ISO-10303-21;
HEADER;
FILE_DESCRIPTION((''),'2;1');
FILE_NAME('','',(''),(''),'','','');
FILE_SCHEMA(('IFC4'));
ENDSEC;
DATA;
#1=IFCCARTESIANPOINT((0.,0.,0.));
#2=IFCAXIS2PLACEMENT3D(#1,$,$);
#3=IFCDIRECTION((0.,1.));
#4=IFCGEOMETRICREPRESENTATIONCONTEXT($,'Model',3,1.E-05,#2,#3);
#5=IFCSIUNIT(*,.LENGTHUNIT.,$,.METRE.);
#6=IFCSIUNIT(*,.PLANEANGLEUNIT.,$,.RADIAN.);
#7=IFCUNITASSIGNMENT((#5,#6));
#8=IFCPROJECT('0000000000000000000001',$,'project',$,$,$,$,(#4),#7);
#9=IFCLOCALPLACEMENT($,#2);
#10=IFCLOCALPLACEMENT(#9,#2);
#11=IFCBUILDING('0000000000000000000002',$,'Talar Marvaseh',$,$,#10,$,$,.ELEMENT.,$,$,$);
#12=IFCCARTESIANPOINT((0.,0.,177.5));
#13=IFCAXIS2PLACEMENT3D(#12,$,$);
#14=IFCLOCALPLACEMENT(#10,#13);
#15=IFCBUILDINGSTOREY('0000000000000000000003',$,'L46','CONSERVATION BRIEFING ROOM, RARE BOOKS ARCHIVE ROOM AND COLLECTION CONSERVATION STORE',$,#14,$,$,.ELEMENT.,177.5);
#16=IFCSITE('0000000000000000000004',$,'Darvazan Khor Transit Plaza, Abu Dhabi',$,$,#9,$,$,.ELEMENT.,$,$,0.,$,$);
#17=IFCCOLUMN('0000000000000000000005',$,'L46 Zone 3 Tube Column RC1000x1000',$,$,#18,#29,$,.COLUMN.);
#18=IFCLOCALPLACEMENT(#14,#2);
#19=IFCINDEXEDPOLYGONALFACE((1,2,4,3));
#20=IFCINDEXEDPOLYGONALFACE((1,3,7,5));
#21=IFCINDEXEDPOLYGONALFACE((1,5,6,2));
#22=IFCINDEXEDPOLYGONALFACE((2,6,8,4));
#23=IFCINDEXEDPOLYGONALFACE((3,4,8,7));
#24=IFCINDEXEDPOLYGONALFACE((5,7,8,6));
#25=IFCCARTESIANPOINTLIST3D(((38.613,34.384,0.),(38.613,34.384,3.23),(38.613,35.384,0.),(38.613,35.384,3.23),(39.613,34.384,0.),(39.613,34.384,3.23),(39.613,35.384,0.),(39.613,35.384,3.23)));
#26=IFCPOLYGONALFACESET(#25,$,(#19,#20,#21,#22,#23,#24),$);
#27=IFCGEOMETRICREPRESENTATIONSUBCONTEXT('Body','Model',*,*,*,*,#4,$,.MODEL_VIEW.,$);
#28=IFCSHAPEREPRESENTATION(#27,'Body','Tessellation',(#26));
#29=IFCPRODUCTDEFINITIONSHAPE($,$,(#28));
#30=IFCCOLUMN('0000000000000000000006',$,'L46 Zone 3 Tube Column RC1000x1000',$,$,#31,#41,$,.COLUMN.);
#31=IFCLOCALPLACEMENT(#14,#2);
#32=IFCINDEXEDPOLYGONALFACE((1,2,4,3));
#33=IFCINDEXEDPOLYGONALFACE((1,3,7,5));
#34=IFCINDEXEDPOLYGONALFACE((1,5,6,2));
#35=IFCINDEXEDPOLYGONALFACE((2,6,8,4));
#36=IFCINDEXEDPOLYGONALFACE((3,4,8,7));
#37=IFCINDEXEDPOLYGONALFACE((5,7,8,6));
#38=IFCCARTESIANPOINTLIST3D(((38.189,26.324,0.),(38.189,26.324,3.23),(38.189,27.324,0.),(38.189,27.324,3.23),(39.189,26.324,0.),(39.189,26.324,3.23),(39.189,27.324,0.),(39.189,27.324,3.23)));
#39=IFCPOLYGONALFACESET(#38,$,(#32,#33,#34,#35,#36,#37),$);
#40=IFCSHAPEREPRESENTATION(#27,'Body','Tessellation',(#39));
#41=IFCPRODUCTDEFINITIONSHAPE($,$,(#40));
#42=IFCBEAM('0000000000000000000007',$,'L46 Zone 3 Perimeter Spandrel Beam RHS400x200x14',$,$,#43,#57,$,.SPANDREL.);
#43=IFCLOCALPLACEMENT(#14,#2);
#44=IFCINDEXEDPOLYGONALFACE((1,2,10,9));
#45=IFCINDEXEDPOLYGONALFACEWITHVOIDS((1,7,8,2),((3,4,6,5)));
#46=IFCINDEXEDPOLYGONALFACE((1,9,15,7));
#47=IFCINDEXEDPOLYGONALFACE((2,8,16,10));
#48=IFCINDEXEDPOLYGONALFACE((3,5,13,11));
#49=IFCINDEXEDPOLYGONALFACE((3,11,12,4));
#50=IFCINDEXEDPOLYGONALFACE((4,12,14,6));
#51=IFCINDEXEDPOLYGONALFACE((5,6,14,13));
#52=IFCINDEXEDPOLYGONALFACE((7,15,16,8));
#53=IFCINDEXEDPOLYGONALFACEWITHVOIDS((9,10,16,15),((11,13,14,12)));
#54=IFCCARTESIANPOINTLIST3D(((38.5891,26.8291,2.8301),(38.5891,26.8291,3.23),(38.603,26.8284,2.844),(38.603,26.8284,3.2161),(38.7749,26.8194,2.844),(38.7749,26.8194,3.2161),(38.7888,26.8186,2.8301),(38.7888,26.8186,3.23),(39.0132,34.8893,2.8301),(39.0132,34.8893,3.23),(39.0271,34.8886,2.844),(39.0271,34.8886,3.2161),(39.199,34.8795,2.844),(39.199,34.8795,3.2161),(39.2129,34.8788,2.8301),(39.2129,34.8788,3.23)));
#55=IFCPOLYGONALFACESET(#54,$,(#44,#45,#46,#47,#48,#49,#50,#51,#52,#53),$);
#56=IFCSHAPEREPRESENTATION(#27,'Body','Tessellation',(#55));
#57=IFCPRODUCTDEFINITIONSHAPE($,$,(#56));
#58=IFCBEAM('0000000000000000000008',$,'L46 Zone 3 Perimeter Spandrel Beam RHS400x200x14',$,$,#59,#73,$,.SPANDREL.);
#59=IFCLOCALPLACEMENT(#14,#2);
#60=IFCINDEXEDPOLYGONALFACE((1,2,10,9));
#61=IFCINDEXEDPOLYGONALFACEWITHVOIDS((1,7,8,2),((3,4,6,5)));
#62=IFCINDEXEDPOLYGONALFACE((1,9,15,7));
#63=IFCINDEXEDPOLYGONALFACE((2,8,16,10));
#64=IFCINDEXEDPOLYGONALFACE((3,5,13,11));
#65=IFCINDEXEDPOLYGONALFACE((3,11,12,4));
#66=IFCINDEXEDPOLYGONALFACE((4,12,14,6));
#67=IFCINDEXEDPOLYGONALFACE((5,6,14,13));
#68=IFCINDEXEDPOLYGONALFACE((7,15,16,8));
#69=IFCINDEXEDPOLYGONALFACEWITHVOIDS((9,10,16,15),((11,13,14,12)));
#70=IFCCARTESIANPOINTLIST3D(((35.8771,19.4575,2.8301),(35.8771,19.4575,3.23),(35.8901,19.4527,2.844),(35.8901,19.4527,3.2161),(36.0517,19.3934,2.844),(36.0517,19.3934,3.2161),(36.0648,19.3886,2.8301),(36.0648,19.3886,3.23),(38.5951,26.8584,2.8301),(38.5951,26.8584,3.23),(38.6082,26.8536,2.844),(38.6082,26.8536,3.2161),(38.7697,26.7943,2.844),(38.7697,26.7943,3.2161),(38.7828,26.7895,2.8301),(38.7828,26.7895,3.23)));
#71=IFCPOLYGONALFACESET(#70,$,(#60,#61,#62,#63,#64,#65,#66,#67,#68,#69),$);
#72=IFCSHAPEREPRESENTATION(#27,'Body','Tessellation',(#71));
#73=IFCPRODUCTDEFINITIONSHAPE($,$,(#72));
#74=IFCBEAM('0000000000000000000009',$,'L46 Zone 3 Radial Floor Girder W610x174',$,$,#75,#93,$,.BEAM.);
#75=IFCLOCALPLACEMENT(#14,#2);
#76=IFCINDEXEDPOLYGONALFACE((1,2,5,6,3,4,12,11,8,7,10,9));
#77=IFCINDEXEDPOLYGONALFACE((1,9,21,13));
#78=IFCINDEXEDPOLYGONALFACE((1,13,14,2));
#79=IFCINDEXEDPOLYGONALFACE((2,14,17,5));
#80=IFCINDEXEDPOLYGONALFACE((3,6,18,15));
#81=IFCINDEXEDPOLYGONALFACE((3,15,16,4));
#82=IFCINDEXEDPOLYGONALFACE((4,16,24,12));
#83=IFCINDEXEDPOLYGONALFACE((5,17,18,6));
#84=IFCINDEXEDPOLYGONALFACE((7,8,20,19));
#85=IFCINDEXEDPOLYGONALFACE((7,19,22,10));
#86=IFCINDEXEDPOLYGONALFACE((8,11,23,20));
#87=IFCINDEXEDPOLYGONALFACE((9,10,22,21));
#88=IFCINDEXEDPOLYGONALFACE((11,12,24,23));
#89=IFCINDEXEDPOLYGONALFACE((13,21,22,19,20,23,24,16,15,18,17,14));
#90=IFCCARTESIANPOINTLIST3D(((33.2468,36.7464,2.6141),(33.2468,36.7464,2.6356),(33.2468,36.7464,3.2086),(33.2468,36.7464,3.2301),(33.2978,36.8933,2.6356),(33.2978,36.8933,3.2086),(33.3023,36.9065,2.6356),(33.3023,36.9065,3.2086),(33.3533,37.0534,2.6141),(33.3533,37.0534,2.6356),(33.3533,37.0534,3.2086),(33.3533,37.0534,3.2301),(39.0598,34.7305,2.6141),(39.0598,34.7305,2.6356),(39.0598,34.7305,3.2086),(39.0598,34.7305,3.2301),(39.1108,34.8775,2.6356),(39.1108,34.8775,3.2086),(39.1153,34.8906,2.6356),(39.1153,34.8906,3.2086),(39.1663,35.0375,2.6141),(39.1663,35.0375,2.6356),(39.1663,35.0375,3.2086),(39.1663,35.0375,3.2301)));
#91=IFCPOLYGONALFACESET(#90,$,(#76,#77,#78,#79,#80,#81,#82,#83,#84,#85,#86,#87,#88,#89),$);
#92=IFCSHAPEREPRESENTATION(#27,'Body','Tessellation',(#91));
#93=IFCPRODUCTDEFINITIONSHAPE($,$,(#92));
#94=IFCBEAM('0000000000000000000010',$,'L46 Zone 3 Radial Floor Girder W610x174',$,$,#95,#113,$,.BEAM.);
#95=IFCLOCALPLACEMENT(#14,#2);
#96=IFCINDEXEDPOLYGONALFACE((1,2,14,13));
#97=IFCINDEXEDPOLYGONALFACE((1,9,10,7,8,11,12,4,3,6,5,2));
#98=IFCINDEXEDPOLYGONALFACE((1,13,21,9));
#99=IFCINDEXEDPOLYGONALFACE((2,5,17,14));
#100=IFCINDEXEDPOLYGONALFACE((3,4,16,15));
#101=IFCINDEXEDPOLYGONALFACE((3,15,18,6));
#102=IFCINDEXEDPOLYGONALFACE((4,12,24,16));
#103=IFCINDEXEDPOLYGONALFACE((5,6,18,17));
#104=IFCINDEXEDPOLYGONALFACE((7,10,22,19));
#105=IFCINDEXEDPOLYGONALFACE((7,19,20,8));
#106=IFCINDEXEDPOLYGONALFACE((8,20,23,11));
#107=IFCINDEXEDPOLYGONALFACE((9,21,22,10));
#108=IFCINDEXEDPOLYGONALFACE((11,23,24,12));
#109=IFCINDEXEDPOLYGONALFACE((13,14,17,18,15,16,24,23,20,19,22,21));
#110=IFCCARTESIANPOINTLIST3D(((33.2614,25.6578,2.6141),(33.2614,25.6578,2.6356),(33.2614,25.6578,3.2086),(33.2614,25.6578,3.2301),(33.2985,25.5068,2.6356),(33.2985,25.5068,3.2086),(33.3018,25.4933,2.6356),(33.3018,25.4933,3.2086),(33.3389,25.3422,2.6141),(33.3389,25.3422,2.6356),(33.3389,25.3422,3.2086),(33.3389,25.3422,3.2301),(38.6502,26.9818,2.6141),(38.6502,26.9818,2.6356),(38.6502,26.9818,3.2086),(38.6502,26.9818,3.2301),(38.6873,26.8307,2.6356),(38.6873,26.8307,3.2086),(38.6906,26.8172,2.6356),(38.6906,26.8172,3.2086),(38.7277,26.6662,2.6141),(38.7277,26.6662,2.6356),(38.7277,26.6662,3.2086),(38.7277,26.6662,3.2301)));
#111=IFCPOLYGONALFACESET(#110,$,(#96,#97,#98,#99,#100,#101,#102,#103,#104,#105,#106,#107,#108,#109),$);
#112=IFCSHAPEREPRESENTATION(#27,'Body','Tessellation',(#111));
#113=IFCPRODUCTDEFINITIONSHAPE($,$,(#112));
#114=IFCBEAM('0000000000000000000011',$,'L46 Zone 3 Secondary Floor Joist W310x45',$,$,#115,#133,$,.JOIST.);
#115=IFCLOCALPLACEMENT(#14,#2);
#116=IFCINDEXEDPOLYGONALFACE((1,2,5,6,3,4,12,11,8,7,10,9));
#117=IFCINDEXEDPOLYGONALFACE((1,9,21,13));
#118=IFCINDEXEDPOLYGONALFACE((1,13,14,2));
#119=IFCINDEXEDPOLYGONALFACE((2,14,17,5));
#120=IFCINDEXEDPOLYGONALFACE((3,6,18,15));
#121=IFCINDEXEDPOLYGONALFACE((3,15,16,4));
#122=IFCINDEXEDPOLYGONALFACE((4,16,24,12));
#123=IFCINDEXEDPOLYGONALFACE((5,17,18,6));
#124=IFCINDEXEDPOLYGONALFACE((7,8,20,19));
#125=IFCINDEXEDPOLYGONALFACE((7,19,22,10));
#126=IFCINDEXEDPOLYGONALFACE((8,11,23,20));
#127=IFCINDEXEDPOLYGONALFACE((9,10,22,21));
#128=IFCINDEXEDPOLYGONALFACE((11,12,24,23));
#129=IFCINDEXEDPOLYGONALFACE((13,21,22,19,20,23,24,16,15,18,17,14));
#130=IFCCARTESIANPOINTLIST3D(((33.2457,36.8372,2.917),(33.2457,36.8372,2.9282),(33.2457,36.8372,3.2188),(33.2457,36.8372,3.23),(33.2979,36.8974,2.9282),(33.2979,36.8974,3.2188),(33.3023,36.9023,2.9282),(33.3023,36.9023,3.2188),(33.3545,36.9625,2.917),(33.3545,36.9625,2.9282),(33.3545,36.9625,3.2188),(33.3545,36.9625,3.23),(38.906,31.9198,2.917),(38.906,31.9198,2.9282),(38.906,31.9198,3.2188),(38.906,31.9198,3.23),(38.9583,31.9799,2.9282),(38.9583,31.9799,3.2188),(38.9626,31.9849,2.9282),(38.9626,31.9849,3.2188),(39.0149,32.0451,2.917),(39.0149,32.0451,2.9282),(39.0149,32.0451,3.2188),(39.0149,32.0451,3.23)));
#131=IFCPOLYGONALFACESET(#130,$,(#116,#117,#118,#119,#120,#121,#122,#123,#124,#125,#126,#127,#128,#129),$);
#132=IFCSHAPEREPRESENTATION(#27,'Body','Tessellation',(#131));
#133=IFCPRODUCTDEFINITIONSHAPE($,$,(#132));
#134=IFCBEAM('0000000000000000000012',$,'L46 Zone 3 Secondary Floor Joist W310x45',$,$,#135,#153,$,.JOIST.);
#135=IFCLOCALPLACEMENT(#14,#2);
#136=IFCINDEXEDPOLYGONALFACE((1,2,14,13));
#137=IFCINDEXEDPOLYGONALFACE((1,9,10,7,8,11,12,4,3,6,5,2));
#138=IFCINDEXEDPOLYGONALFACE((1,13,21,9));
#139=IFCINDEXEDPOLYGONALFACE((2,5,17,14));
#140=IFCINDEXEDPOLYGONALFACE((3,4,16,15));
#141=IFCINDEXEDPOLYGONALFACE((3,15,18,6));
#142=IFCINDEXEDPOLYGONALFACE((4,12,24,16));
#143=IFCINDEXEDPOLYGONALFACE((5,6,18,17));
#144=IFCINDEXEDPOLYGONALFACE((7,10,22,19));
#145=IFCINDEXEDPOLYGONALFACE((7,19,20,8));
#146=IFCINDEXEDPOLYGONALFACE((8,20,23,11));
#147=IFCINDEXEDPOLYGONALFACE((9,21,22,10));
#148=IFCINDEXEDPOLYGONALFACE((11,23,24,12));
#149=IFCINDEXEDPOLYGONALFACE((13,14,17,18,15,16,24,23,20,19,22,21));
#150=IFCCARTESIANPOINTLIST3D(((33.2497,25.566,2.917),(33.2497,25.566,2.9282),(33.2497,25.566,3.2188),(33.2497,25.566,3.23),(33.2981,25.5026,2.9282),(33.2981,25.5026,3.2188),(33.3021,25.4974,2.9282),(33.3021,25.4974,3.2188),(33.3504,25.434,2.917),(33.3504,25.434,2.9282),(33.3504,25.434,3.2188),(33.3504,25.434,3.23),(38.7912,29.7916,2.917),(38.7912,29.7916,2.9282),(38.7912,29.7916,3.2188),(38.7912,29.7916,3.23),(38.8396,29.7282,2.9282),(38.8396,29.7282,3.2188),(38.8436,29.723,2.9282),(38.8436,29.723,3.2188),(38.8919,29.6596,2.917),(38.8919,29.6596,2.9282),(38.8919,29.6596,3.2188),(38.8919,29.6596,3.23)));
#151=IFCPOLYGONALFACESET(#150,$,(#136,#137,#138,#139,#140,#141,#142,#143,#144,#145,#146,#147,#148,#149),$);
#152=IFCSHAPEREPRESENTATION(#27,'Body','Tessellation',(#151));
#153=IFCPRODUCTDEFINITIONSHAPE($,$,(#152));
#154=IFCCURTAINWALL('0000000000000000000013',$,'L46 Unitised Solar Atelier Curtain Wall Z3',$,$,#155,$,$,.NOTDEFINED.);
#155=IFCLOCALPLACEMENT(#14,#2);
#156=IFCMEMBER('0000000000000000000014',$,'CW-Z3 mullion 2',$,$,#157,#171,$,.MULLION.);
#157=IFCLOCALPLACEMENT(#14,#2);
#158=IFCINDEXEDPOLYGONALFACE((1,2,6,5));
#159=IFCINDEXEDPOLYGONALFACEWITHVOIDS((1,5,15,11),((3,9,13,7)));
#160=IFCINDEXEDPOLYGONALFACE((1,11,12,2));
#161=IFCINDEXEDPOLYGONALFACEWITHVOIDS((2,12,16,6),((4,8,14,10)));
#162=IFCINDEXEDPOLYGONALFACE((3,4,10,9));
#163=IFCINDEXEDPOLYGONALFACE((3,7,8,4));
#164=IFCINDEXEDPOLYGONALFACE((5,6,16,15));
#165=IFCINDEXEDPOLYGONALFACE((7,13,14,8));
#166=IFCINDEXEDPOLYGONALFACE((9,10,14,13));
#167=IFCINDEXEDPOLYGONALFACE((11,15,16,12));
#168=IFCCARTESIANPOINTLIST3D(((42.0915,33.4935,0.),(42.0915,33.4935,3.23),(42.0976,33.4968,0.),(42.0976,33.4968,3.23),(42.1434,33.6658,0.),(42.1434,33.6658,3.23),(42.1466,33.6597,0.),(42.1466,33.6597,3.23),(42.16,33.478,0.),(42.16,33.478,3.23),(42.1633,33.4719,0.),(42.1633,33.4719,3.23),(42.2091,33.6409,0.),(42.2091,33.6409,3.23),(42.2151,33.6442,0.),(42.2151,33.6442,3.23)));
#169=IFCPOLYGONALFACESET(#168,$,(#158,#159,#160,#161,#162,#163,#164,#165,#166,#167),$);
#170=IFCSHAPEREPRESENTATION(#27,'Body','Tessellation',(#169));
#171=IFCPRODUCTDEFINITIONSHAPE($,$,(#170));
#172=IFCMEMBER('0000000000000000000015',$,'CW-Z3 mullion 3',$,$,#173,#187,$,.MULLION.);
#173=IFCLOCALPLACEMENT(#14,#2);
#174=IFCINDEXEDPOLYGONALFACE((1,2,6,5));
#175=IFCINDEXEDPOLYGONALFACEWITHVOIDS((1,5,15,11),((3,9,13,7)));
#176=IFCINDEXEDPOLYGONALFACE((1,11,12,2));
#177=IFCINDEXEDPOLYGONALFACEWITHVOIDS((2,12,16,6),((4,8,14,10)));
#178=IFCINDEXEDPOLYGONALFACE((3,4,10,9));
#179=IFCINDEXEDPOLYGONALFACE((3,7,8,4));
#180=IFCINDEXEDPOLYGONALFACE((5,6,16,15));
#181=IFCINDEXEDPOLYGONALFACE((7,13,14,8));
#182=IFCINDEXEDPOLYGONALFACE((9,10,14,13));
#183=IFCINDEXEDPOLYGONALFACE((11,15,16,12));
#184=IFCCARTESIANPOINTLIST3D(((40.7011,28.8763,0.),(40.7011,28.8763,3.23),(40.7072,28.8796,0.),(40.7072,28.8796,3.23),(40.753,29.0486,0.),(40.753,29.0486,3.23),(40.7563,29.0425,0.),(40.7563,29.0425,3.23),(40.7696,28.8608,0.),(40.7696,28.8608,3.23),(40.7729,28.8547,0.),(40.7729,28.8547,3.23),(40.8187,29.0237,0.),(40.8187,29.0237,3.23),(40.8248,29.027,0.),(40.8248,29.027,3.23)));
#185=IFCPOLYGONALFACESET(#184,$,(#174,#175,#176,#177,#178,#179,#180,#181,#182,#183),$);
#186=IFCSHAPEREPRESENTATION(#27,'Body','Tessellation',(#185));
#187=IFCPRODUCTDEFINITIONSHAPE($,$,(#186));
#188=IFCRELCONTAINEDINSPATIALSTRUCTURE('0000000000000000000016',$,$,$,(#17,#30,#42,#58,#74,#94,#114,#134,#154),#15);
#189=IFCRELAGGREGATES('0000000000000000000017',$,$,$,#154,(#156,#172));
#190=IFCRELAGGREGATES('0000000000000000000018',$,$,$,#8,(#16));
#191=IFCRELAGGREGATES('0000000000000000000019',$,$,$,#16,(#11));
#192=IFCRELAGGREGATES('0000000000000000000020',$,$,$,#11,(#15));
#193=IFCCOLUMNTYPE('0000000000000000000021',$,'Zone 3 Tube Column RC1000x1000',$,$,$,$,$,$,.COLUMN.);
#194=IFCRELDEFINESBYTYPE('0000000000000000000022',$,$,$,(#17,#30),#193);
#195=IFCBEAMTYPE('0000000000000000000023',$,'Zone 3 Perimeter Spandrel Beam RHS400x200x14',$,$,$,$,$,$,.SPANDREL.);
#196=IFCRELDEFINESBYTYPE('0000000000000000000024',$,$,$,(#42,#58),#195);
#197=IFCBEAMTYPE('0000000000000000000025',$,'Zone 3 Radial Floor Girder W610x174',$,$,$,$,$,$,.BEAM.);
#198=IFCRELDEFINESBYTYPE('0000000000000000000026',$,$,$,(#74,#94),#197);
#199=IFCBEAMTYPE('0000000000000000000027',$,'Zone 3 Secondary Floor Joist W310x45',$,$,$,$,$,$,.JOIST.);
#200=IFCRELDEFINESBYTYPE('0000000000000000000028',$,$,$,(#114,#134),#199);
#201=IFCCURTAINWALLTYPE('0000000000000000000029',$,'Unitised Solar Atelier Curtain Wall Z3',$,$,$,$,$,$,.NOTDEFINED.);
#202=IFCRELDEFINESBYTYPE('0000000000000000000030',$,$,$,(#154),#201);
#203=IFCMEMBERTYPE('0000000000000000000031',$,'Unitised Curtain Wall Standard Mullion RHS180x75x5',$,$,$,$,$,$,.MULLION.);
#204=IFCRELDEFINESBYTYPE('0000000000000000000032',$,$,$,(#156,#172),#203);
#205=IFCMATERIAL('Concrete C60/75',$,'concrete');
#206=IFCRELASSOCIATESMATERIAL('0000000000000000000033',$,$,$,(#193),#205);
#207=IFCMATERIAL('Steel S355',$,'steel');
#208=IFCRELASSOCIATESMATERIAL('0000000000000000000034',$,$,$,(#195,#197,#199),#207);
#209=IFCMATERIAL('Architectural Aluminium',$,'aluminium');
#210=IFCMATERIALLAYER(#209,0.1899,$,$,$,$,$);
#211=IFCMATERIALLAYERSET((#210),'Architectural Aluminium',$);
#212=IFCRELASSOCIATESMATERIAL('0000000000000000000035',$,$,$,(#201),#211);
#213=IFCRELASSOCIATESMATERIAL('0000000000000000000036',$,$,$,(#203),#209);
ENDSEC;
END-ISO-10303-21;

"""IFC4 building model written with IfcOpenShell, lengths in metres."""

from ifc_helpers import new_model, si_unit, direction, frame, origin, origin_2d, place, context, subcontext, project, spatial, rectangle, hollow_rectangle, i_section, extrude, source, transform, mapped, material, layer, layer_set, material_profile, profile_set, type_object, type_shapes, element, aggregate, save


model = new_model("IFC4")

# Units and contexts
model_context = context("Model", 3, precision=1e-05, world=origin(), true_north=direction((0.0, 1.0)))
body_context = subcontext(model_context, "Body", "Model", "MODEL_VIEW")
ifc_project = project(units=[si_unit("LENGTHUNIT", "METRE"), si_unit("PLANEANGLEUNIT", "RADIAN")], contexts=[model_context])

# Site, building, storey
site_placement = place(None, origin())
site = spatial("IfcSite", under=ifc_project, at=site_placement, Name="Darvazan Khor Transit Plaza, Abu Dhabi", CompositionType="ELEMENT", RefElevation=0.0)
building_placement = place(site_placement, origin())
building = spatial("IfcBuilding", under=site, at=building_placement, Name="Talar Marvaseh", CompositionType="ELEMENT")
storey_placement = place(building_placement, frame((0.0, 0.0, 177.5)))
storey = spatial("IfcBuildingStorey", under=building, at=storey_placement, Name="L46", Description="CONSERVATION BRIEFING ROOM, RARE BOOKS ARCHIVE ROOM AND COLLECTION CONSERVATION STORE", CompositionType="ELEMENT", Elevation=177.5)

# Columns
ifc_material_1 = material(Name="Concrete C60/75", Category="concrete")
ifc_material_profile_1 = material_profile(ifc_material_1, rectangle(XDim=1.0, YDim=1.0, at=origin_2d()), Name="RC1000x1000")
ifc_profile_set_1 = profile_set([ifc_material_profile_1], Name="Concrete C60/75")
column_type = type_object("IfcColumnType", Name="Zone 3 Tube Column RC1000x1000", PredefinedType="COLUMN", material=ifc_profile_set_1)
for number, where, z_axis, x_axis, name in (
    (1, (39.113, 34.884, 0.0), (0.0, 0.0, 1.0), (1.0, 0.0, 0.0), "L46 Zone 3 Tube Column RC1000x1000"),
    (2, (38.689, 26.824, 0.0), (0.0, 0.0, 1.0), (1.0, 0.0, 0.0), "L46 Zone 3 Tube Column RC1000x1000"),
):
    element("IfcColumn", number, at=place(storey_placement, frame(where, z_axis=z_axis, x_axis=x_axis)), inside=storey, type_object=column_type, Name=name, PredefinedType="COLUMN", context=body_context, shape_type="SweptSolid", body=[
        extrude(rectangle(XDim=1.0, YDim=1.0, at=origin_2d()), origin(), (0.0, 0.0, 1.0), 3.23),
    ])

# Beams
ifc_material_2 = material(Name="Steel S355", Category="steel")
ifc_material_profile_2 = material_profile(ifc_material_2, hollow_rectangle(XDim=0.2, YDim=0.3999, WallThickness=0.0139, at=origin_2d()), Name="RHS400x200x14")
ifc_profile_set_2 = profile_set([ifc_material_profile_2], Name="Steel S355")
beam_type_1 = type_object("IfcBeamType", Name="Zone 3 Perimeter Spandrel Beam RHS400x200x14", PredefinedType="SPANDREL", material=ifc_profile_set_2)
beam_1_placement = place(storey_placement, frame((39.113, 34.884, 3.03), z_axis=(-0.052541, -0.998619, 0.0), x_axis=(0.998619, -0.052541, 0.0)))
element("IfcBeam", 3, at=beam_1_placement, inside=storey, type_object=beam_type_1, Name="L46 Zone 3 Perimeter Spandrel Beam RHS400x200x14", PredefinedType="SPANDREL", context=body_context, shape_type="SweptSolid", body=[
    extrude(hollow_rectangle(XDim=0.2, YDim=0.3999, WallThickness=0.0139, at=origin_2d()), origin(), (0.0, 0.0, 1.0), 8.0713),
])
beam_2_placement = place(storey_placement, frame((38.689, 26.824, 3.03), z_axis=(-0.344742, -0.938697, 0.0), x_axis=(0.938697, -0.344742, 0.0)))
element("IfcBeam", 4, at=beam_2_placement, inside=storey, type_object=beam_type_1, Name="L46 Zone 3 Perimeter Spandrel Beam RHS400x200x14", PredefinedType="SPANDREL", context=body_context, shape_type="SweptSolid", body=[
    extrude(hollow_rectangle(XDim=0.2, YDim=0.3999, WallThickness=0.0139, at=origin_2d()), origin(), (0.0, 0.0, 1.0), 7.8843),
])
ifc_material_profile_3 = material_profile(ifc_material_2, i_section(OverallWidth=0.325, OverallDepth=0.616, WebThickness=0.0139, FlangeThickness=0.0215, at=origin_2d()), Name="W610x174")
ifc_profile_set_3 = profile_set([ifc_material_profile_3], Name="Steel S355")
beam_type_2 = type_object("IfcBeamType", Name="Zone 3 Radial Floor Girder W610x174", PredefinedType="BEAM", material=ifc_profile_set_3)
beam_3_placement = place(storey_placement, frame((39.113, 34.884, 2.9221), z_axis=(-0.944801, 0.327645, 0.0), x_axis=(-0.327645, -0.944801, 0.0)))
element("IfcBeam", 5, at=beam_3_placement, inside=storey, type_object=beam_type_2, Name="L46 Zone 3 Radial Floor Girder W610x174", PredefinedType="BEAM", context=body_context, shape_type="SweptSolid", body=[
    extrude(i_section(OverallWidth=0.325, OverallDepth=0.616, WebThickness=0.0139, FlangeThickness=0.0215, at=origin_2d()), origin(), (0.0, 0.0, 1.0), 6.1526),
])
beam_4_placement = place(storey_placement, frame((38.689, 26.824, 2.9221), z_axis=(-0.971121, -0.23859, 0.0), x_axis=(0.23859, -0.971121, 0.0)))
element("IfcBeam", 6, at=beam_4_placement, inside=storey, type_object=beam_type_2, Name="L46 Zone 3 Radial Floor Girder W610x174", PredefinedType="BEAM", context=body_context, shape_type="SweptSolid", body=[
    extrude(i_section(OverallWidth=0.325, OverallDepth=0.616, WebThickness=0.0139, FlangeThickness=0.0215, at=origin_2d()), origin(), (0.0, 0.0, 1.0), 5.5491),
])
ifc_material_profile_4 = material_profile(ifc_material_2, i_section(OverallWidth=0.166, OverallDepth=0.313, WebThickness=0.0066, FlangeThickness=0.0112, at=origin_2d()), Name="W310x45")
ifc_profile_set_4 = profile_set([ifc_material_profile_4], Name="Steel S355")
beam_type_3 = type_object("IfcBeamType", Name="Zone 3 Secondary Floor Joist W310x45", PredefinedType="JOIST", material=ifc_profile_set_4)
beam_5_placement = place(storey_placement, frame((38.9604, 31.9824, 3.0735), z_axis=(-0.75491, 0.655829, 0.0), x_axis=(-0.655829, -0.75491, 0.0)))
element("IfcBeam", 7, at=beam_5_placement, inside=storey, type_object=beam_type_3, Name="L46 Zone 3 Secondary Floor Joist W310x45", PredefinedType="JOIST", context=body_context, shape_type="SweptSolid", body=[
    extrude(i_section(OverallWidth=0.166, OverallDepth=0.313, WebThickness=0.0066, FlangeThickness=0.0112, at=origin_2d()), origin(), (0.0, 0.0, 1.0), 7.498),
])
beam_6_placement = place(storey_placement, frame((38.8416, 29.7256, 3.0735), z_axis=(-0.79519, -0.60636, 0.0), x_axis=(0.60636, -0.79519, 0.0)))
element("IfcBeam", 8, at=beam_6_placement, inside=storey, type_object=beam_type_3, Name="L46 Zone 3 Secondary Floor Joist W310x45", PredefinedType="JOIST", context=body_context, shape_type="SweptSolid", body=[
    extrude(i_section(OverallWidth=0.166, OverallDepth=0.313, WebThickness=0.0066, FlangeThickness=0.0112, at=origin_2d()), origin(), (0.0, 0.0, 1.0), 6.9688),
])

# Curtain wall, members
ifc_material_3 = material(Name="Architectural Aluminium", Category="aluminium")
ifc_layer_1 = layer(ifc_material_3, 0.1899)
ifc_layer_set_1 = layer_set([ifc_layer_1], Name="Architectural Aluminium")
curtain_wall_type = type_object("IfcCurtainWallType", Name="Unitised Solar Atelier Curtain Wall Z3", PredefinedType="NOTDEFINED", material=ifc_layer_set_1)
curtain_wall_placement = place(storey_placement, origin())
curtain_wall = element("IfcCurtainWall", 9, at=curtain_wall_placement, inside=storey, type_object=curtain_wall_type, Name="L46 Unitised Solar Atelier Curtain Wall Z3", PredefinedType="NOTDEFINED")
ifc_material_profile_5 = material_profile(ifc_material_3, hollow_rectangle(XDim=0.075, YDim=0.1799, WallThickness=0.0049, at=origin_2d()), Name="RHS180x75x5")
ifc_profile_set_5 = profile_set([ifc_material_profile_5], Name="Architectural Aluminium")
member_type_1 = type_object("IfcMemberType", Name="Unitised Curtain Wall Standard Mullion RHS180x75x5", PredefinedType="MULLION", material=ifc_profile_set_5)
shared_shape_1 = source(origin(), body_context, "Body", "SweptSolid", [
    extrude(hollow_rectangle(XDim=0.075, YDim=0.1799, WallThickness=0.0049, at=origin_2d()), origin(), (0.0, 0.0, 1.0), 3.23),
])
type_shapes(member_type_1, [shared_shape_1])
member_1_placement = place(storey_placement, frame((42.1533, 33.5688, 0.0), z_axis=(0.0, 0.0, 1.0), x_axis=(0.957526, -0.288347, 0.0)))
member_1 = element("IfcMember", 10, at=member_1_placement, type_object=member_type_1, Name="CW-Z3 mullion 2", PredefinedType="MULLION", context=body_context, shape_type="MappedRepresentation", body=[
    mapped(shared_shape_1, transform((0.0, 0.0, 0.0), x_axis=(1.0, 0.0, 0.0), y_axis=(0.0, 1.0, 0.0), z_axis=(0.0, 0.0, 1.0), scale=1.0)),
])
member_2_placement = place(storey_placement, frame((40.7629, 28.9517, 0.0), z_axis=(0.0, 0.0, 1.0), x_axis=(0.957526, -0.288347, 0.0)))
member_2 = element("IfcMember", 11, at=member_2_placement, type_object=member_type_1, Name="CW-Z3 mullion 3", PredefinedType="MULLION", context=body_context, shape_type="MappedRepresentation", body=[
    mapped(shared_shape_1, transform((0.0, 0.0, 0.0), x_axis=(1.0, 0.0, 0.0), y_axis=(0.0, 1.0, 0.0), z_axis=(0.0, 0.0, 1.0), scale=1.0)),
])
aggregate(curtain_wall, [member_1, member_2])

save(model, "model.ifc")
